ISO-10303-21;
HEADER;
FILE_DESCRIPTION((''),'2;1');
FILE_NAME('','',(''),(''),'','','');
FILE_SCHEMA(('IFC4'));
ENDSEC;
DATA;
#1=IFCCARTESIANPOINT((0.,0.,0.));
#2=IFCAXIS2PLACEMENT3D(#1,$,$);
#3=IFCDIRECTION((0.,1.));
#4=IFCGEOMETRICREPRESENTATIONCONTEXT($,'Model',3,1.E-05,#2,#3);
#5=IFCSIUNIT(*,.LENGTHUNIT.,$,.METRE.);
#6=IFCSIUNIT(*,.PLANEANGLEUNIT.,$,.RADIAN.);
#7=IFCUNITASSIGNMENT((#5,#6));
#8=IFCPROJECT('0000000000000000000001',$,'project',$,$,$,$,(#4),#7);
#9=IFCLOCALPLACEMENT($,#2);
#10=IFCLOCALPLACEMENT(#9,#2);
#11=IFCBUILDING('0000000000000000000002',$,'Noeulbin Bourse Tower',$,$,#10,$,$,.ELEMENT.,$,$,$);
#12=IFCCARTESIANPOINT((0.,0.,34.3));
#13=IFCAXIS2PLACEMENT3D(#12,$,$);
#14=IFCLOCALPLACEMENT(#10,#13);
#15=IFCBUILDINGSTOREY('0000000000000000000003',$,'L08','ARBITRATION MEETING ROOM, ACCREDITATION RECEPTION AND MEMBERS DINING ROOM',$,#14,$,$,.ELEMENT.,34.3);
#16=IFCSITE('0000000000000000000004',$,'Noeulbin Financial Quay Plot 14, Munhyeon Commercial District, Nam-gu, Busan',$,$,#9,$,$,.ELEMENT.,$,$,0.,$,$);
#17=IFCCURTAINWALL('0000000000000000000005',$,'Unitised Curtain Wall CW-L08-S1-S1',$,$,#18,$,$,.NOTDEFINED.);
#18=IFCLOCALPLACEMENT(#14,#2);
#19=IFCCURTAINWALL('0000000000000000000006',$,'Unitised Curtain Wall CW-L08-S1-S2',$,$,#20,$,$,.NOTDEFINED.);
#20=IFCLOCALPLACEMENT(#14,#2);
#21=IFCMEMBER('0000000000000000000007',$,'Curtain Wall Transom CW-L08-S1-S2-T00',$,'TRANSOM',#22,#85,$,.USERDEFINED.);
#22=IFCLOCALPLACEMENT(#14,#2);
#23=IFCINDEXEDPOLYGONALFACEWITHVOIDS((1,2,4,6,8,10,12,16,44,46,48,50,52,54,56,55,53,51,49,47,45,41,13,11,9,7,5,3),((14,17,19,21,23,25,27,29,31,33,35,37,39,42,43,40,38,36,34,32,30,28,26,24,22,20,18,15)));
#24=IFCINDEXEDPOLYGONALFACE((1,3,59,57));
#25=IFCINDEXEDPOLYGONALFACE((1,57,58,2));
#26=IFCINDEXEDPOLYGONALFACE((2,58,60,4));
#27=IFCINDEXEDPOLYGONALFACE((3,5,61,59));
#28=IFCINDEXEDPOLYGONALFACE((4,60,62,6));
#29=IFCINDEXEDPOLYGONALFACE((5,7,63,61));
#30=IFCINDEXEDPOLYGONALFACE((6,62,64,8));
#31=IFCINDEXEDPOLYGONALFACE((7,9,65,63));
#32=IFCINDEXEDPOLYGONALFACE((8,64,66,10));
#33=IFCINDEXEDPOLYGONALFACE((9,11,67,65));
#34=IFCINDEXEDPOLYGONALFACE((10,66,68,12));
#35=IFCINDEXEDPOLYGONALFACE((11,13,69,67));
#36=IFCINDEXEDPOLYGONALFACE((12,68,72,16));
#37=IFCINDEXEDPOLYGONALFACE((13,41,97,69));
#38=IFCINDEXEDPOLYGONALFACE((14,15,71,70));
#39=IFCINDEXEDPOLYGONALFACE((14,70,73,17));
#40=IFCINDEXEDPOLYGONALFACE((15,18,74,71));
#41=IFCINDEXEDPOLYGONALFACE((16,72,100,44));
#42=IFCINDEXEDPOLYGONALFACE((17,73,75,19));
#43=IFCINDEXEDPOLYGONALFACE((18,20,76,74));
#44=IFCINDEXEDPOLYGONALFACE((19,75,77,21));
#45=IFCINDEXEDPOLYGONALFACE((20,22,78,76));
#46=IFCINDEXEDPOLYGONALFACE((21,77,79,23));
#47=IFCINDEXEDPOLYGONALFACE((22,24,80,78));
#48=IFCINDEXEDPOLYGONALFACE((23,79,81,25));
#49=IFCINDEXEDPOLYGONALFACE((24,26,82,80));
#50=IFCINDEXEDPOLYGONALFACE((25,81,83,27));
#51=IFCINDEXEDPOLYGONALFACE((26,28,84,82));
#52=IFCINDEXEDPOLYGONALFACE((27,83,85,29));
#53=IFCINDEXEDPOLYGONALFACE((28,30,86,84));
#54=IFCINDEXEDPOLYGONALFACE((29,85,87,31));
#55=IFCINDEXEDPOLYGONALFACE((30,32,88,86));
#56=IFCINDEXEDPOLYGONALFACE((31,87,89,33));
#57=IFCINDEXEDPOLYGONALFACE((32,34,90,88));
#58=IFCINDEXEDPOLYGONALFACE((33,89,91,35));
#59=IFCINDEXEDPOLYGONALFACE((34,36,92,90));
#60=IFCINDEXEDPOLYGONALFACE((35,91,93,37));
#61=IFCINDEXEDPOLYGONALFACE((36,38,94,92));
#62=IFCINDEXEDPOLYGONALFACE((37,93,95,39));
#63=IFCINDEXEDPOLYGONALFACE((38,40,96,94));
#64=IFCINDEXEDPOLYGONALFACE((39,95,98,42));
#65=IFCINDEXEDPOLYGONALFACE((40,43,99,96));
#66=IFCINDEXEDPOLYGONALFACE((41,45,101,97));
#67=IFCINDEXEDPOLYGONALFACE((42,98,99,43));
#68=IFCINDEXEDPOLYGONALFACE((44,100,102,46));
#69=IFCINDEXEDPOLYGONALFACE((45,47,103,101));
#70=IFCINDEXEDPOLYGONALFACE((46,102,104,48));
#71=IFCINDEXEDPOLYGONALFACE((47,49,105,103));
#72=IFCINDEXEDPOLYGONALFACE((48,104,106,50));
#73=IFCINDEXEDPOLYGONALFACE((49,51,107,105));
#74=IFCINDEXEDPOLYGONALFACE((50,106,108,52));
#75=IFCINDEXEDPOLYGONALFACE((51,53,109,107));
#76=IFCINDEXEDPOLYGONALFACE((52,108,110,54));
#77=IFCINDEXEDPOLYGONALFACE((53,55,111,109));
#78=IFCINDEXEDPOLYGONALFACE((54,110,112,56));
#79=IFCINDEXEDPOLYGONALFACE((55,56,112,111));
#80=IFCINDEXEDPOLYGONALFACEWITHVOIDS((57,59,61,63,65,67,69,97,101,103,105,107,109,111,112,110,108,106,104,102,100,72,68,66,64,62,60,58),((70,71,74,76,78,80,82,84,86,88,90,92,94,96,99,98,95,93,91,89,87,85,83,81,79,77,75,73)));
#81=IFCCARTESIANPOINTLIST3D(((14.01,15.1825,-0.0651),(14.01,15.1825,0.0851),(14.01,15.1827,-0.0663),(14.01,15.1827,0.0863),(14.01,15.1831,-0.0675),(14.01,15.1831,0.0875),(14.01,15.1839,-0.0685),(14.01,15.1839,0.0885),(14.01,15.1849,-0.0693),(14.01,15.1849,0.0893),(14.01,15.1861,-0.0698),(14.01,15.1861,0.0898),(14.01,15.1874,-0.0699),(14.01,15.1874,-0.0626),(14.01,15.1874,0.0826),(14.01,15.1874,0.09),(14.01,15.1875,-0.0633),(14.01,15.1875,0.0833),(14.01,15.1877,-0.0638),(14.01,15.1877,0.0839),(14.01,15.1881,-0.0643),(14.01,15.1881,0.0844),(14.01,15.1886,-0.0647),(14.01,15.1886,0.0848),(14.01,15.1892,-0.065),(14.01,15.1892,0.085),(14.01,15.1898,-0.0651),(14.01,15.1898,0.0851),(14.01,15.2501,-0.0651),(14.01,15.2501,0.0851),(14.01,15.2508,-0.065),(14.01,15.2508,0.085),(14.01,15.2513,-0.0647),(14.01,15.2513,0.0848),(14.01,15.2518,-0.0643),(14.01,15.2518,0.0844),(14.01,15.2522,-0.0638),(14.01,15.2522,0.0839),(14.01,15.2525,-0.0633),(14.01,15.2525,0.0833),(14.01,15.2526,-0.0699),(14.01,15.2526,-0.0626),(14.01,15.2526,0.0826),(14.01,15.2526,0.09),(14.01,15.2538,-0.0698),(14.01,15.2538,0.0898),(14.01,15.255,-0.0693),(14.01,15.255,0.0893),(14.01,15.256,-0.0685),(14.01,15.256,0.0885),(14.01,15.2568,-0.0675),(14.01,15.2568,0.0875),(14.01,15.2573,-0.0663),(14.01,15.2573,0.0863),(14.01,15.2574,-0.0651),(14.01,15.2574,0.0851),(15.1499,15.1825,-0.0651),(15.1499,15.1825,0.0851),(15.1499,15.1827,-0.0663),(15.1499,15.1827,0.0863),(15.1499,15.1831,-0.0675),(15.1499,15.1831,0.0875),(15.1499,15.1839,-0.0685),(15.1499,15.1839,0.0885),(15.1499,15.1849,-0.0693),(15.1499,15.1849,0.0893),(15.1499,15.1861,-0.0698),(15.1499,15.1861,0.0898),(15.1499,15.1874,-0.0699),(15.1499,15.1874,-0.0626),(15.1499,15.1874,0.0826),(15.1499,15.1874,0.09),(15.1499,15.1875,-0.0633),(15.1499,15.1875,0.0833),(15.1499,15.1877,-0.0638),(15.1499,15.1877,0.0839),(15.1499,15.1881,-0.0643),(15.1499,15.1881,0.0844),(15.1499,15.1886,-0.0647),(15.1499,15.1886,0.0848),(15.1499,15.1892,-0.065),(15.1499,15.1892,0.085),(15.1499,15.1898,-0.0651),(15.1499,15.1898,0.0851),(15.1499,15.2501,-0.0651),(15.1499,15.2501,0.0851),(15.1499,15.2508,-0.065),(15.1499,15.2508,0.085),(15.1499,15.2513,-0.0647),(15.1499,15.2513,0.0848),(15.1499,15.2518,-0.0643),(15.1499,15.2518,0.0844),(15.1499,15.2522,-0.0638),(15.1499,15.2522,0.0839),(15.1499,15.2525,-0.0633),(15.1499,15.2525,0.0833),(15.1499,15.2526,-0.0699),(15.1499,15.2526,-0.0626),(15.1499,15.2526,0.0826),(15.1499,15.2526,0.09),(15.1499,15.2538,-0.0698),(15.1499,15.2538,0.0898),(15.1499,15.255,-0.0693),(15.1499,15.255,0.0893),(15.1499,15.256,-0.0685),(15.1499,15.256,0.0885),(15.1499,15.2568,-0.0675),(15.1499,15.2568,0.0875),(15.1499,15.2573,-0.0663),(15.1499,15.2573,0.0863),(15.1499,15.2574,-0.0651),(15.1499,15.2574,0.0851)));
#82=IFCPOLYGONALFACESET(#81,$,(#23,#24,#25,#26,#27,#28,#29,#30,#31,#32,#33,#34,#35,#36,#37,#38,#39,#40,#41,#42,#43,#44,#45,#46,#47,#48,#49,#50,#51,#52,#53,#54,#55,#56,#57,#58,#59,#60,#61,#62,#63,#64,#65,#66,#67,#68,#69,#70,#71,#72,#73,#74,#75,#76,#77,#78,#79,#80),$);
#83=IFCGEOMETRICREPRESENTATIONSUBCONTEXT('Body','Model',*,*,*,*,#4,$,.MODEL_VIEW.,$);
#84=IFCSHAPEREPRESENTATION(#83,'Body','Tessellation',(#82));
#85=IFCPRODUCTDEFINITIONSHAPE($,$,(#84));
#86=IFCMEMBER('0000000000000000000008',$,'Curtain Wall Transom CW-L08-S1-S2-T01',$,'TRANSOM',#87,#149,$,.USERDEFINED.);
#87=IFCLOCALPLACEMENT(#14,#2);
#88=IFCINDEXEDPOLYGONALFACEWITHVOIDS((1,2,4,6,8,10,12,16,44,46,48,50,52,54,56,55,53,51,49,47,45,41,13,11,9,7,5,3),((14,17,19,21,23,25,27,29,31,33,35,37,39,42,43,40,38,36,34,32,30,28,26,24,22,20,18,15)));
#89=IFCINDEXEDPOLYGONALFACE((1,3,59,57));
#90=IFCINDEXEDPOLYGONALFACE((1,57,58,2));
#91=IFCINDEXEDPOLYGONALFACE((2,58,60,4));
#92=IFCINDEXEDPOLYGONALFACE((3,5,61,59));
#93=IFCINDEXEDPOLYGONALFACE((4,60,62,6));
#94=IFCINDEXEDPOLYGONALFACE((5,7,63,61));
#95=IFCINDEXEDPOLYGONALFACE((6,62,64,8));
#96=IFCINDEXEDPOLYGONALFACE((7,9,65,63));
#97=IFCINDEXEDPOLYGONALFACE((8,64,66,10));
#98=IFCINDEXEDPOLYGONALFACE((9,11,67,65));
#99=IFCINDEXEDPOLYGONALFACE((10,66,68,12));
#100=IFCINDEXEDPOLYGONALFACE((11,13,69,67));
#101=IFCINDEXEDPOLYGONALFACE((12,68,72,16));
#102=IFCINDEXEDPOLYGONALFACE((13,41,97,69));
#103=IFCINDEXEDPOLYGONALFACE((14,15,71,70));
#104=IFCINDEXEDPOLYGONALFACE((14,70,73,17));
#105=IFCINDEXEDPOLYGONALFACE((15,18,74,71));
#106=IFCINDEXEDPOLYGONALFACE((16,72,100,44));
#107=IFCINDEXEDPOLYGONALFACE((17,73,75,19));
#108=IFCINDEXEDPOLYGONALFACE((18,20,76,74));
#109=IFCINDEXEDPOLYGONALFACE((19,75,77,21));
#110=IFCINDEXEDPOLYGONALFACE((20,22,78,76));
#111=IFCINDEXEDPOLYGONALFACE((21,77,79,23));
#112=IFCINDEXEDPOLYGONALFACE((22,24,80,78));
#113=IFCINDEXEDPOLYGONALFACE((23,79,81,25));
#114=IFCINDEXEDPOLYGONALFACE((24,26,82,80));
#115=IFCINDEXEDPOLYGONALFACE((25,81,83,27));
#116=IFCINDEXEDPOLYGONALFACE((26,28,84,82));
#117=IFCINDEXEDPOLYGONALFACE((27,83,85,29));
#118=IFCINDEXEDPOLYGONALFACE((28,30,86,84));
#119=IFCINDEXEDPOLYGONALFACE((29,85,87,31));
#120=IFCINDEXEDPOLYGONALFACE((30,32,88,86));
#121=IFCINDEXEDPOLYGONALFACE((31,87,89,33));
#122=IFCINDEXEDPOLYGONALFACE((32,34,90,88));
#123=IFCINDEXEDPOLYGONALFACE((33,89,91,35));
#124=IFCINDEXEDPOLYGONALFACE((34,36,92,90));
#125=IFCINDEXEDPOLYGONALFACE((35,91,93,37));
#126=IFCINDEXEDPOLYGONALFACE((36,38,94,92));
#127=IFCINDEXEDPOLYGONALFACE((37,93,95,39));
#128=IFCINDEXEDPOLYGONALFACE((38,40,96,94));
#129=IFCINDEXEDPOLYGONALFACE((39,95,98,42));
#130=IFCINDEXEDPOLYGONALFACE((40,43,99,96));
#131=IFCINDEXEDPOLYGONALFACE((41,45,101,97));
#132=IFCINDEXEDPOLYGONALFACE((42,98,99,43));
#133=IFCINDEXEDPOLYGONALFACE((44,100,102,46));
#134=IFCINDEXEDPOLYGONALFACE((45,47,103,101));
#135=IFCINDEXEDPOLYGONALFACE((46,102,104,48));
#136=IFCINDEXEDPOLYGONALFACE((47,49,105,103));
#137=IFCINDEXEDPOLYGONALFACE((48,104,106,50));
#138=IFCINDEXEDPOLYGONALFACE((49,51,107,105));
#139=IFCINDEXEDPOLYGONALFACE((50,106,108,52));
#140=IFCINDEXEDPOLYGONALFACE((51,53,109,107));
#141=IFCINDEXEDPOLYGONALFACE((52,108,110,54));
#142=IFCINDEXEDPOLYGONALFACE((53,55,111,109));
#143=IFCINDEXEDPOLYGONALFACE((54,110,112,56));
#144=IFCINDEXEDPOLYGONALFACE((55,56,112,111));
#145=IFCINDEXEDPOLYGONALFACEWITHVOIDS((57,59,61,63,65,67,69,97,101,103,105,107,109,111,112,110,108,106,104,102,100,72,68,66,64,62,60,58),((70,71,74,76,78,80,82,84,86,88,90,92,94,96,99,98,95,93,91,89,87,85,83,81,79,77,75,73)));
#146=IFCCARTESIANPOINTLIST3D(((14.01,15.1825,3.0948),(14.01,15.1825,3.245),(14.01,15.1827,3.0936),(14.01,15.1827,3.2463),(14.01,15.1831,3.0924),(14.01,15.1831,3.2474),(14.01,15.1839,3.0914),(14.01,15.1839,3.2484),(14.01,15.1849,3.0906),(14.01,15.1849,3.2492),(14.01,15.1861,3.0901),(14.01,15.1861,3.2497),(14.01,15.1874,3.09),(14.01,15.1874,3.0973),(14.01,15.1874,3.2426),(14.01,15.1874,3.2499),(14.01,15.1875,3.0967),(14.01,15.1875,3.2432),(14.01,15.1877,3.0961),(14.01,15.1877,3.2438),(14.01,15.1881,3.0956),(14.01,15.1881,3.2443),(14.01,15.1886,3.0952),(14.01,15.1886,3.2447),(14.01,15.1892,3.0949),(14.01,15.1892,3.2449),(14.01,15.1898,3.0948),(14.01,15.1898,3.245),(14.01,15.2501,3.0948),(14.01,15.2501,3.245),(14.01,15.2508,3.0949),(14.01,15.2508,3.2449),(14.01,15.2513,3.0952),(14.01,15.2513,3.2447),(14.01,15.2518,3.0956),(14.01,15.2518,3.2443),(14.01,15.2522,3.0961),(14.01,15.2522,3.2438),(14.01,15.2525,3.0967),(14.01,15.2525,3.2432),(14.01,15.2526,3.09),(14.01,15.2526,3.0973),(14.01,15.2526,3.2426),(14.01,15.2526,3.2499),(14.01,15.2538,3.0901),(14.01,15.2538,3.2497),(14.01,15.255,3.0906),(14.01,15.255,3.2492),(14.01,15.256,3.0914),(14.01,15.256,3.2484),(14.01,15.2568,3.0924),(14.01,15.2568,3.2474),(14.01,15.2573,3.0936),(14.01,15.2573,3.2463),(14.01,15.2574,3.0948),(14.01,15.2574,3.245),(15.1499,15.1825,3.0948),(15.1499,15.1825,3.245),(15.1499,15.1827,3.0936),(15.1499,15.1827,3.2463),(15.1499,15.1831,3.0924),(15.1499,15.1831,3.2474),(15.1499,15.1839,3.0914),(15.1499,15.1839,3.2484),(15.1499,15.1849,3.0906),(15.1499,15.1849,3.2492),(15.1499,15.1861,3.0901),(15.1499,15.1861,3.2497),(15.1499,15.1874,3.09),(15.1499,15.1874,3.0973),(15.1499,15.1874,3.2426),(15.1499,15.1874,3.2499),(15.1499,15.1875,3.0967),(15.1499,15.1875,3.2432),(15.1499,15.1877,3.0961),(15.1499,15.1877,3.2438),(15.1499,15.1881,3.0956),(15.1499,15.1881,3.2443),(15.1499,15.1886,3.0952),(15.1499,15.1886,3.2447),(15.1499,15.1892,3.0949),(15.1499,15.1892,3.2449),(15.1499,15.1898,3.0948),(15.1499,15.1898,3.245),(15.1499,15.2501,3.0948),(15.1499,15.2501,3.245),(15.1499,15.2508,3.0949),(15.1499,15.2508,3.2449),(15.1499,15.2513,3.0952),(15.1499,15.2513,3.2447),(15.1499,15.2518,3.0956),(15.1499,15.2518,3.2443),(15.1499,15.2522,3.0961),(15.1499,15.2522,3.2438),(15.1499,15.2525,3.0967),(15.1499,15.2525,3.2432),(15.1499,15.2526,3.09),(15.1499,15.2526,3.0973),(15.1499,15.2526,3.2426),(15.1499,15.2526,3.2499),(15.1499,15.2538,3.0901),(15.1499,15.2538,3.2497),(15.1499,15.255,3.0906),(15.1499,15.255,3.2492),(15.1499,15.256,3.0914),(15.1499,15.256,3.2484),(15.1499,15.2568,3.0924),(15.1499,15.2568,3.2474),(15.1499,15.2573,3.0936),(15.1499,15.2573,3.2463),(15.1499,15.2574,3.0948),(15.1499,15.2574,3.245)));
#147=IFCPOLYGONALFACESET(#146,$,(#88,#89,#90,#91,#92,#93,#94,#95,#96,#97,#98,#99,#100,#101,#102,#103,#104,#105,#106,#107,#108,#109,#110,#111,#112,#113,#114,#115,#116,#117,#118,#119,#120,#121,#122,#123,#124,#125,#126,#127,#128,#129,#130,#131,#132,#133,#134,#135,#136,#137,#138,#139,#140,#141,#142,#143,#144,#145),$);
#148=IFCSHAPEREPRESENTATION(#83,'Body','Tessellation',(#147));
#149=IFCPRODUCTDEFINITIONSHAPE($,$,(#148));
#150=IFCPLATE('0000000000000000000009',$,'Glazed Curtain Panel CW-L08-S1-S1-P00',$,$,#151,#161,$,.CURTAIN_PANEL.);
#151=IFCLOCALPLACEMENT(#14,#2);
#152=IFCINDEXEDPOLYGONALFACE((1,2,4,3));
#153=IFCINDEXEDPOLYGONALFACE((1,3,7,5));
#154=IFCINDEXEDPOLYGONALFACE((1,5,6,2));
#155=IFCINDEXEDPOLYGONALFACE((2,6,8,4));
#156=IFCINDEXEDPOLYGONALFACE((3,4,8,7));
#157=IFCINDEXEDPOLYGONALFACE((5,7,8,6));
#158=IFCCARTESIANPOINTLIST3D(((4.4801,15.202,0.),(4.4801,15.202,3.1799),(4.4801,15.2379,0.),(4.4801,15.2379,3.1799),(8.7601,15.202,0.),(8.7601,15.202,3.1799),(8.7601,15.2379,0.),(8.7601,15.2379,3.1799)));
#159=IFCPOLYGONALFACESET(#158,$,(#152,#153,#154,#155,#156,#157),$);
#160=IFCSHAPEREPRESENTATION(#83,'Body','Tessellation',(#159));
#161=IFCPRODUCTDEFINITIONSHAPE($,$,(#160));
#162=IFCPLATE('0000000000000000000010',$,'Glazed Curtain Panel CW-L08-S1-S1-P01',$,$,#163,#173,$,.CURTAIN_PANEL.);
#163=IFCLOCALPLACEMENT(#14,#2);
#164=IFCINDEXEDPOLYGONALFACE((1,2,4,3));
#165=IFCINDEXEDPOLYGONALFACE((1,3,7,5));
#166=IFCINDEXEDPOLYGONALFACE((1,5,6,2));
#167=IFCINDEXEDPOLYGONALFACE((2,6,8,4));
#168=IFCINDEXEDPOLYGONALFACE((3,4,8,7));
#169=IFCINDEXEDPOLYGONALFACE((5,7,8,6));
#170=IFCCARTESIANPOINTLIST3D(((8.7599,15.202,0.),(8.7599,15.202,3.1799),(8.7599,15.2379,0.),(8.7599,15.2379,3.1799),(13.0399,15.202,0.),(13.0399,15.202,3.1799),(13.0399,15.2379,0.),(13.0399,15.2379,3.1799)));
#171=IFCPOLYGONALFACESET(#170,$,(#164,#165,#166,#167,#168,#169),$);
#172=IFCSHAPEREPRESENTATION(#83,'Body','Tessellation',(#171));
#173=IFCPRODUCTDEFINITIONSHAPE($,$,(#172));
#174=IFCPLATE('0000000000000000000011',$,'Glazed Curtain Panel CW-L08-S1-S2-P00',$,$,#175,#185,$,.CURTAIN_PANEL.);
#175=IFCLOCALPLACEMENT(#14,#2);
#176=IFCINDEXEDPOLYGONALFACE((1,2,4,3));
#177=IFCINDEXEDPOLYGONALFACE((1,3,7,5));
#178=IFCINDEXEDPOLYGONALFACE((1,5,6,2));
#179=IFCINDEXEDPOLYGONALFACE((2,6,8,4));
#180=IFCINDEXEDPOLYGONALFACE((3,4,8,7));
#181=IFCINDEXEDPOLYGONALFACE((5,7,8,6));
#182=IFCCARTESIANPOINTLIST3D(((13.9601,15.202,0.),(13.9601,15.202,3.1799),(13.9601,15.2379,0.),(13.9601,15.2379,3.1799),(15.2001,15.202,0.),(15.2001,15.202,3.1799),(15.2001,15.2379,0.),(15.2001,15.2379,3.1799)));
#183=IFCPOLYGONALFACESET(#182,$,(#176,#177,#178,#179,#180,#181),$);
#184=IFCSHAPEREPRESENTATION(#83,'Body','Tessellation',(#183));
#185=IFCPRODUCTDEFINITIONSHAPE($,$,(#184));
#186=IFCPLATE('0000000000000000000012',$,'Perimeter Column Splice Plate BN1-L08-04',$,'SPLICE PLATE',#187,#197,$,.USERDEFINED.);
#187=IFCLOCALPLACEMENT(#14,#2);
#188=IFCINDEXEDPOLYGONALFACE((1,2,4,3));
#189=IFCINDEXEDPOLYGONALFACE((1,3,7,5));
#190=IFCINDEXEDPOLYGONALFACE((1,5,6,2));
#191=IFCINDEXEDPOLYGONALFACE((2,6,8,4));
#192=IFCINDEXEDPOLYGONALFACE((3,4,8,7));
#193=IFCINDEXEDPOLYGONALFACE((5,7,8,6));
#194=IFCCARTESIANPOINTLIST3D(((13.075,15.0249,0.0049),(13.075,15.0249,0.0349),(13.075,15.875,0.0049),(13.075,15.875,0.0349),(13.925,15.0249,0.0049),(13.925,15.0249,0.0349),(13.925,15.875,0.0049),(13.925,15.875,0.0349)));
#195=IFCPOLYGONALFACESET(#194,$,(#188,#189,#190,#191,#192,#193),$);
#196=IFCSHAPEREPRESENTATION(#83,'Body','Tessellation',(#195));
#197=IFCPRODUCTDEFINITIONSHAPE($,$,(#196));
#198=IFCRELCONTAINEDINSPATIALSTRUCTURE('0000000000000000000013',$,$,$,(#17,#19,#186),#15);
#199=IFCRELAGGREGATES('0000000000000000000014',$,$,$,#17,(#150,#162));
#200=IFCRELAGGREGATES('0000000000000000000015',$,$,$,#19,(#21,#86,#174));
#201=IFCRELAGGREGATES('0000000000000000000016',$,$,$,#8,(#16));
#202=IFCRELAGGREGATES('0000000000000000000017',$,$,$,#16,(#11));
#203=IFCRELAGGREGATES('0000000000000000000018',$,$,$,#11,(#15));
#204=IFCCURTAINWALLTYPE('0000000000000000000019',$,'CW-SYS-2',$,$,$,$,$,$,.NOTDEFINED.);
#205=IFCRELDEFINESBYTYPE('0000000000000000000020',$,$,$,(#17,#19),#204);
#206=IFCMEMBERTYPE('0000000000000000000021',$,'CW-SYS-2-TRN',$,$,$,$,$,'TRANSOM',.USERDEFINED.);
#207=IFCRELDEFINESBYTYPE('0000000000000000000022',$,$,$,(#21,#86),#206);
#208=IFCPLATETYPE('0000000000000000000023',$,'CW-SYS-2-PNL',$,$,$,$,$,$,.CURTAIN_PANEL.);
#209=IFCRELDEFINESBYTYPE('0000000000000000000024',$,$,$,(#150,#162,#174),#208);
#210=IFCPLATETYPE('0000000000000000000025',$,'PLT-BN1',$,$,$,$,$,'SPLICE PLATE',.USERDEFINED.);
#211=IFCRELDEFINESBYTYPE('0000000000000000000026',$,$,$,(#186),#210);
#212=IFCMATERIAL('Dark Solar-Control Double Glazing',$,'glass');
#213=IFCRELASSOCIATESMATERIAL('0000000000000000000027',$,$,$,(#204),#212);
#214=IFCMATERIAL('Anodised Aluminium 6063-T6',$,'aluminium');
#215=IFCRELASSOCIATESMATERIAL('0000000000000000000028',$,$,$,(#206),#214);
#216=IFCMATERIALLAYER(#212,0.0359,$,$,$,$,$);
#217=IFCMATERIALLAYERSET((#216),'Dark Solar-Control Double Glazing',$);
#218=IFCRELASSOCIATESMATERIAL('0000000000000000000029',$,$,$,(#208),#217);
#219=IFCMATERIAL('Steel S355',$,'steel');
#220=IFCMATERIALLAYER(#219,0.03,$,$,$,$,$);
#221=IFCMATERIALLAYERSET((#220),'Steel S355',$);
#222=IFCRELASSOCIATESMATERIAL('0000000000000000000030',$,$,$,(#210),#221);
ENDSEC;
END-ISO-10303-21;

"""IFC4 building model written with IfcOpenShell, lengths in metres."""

from ifc_helpers import new_model, si_unit, direction, frame, origin, origin_2d, place, context, subcontext, project, spatial, rectangle, hollow_rectangle, extrude, material, layer, layer_set, material_profile, profile_set, type_object, element, aggregate, save


model = new_model("IFC4")

# Units and contexts
model_context = context("Model", 3, precision=1e-05, world=origin(), true_north=direction((0.0, 1.0)))
body_context = subcontext(model_context, "Body", "Model", "MODEL_VIEW")
ifc_project = project(units=[si_unit("LENGTHUNIT", "METRE"), si_unit("PLANEANGLEUNIT", "RADIAN")], contexts=[model_context])

# Site, building, storey
site_placement = place(None, origin())
site = spatial("IfcSite", under=ifc_project, at=site_placement, Name="Noeulbin Financial Quay Plot 14, Munhyeon Commercial District, Nam-gu, Busan", CompositionType="ELEMENT", RefElevation=0.0)
building_placement = place(site_placement, origin())
building = spatial("IfcBuilding", under=site, at=building_placement, Name="Noeulbin Bourse Tower", CompositionType="ELEMENT")
storey_placement = place(building_placement, frame((0.0, 0.0, 34.3)))
storey = spatial("IfcBuildingStorey", under=building, at=storey_placement, Name="L08", Description="ARBITRATION MEETING ROOM, ACCREDITATION RECEPTION AND MEMBERS DINING ROOM", CompositionType="ELEMENT", Elevation=34.3)

# Shared definitions
ifc_material_1 = material(Name="Steel S355", Category="steel")

# Curtain wall
ifc_material_2 = material(Name="Dark Solar-Control Double Glazing", Category="glass")
curtain_wall_type = type_object("IfcCurtainWallType", Name="CW-SYS-2", PredefinedType="NOTDEFINED", material=ifc_material_2)
curtain_wall_1_placement = place(storey_placement, origin())
curtain_wall_1 = element("IfcCurtainWall", 1, at=curtain_wall_1_placement, inside=storey, type_object=curtain_wall_type, Name="Unitised Curtain Wall CW-L08-S1-S1", PredefinedType="NOTDEFINED")
ifc_material_3 = material(Name="Anodised Aluminium 6063-T6", Category="aluminium")

# Curtain wall
curtain_wall_2_placement = place(storey_placement, origin())
curtain_wall_2 = element("IfcCurtainWall", 2, at=curtain_wall_2_placement, inside=storey, type_object=curtain_wall_type, Name="Unitised Curtain Wall CW-L08-S1-S2", PredefinedType="NOTDEFINED")

# Members
ifc_material_profile_1 = material_profile(ifc_material_3, hollow_rectangle(XDim=0.075, YDim=0.1599, WallThickness=0.0049, InnerFilletRadius=0.0024, OuterFilletRadius=0.0049, at=origin_2d()), Name="ALU-TRAN-75x160x5", Category="LoadBearing")
ifc_profile_set_1 = profile_set([ifc_material_profile_1], Name="Anodised Aluminium 6063-T6")
member_type_1 = type_object("IfcMemberType", Name="CW-SYS-2-TRN", ElementType="TRANSOM", PredefinedType="USERDEFINED", material=ifc_profile_set_1)
member_1_placement = place(storey_placement, frame((14.01, 15.22, 0.01), z_axis=(1.0, 0.0, 0.0), x_axis=(0.0, 1.0, 0.0)))
member_1 = element("IfcMember", 3, at=member_1_placement, type_object=member_type_1, Name="Curtain Wall Transom CW-L08-S1-S2-T00", ObjectType="TRANSOM", PredefinedType="USERDEFINED", context=body_context, shape_type="SweptSolid", body=[
    extrude(hollow_rectangle(XDim=0.075, YDim=0.1599, WallThickness=0.0049, InnerFilletRadius=0.0024, OuterFilletRadius=0.0049, at=origin_2d()), origin(), (0.0, 0.0, 1.0), 1.1399),
])
member_2_placement = place(storey_placement, frame((14.01, 15.22, 3.1699), z_axis=(1.0, 0.0, 0.0), x_axis=(0.0, 1.0, 0.0)))
member_2 = element("IfcMember", 4, at=member_2_placement, type_object=member_type_1, Name="Curtain Wall Transom CW-L08-S1-S2-T01", ObjectType="TRANSOM", PredefinedType="USERDEFINED", context=body_context, shape_type="SweptSolid", body=[
    extrude(hollow_rectangle(XDim=0.075, YDim=0.1599, WallThickness=0.0049, InnerFilletRadius=0.0024, OuterFilletRadius=0.0049, at=origin_2d()), origin(), (0.0, 0.0, 1.0), 1.1399),
])

# Plates
ifc_layer_1 = layer(ifc_material_2, 0.0359)
ifc_layer_set_1 = layer_set([ifc_layer_1], Name="Dark Solar-Control Double Glazing")
plate_type_1 = type_object("IfcPlateType", Name="CW-SYS-2-PNL", PredefinedType="CURTAIN_PANEL", material=ifc_layer_set_1)
plate_1_placement = place(storey_placement, frame((6.6201, 15.22, 0.0), z_axis=(0.0, 0.0, 1.0), x_axis=(1.0, 0.0, 0.0)))
plate_1 = element("IfcPlate", 5, at=plate_1_placement, type_object=plate_type_1, Name="Glazed Curtain Panel CW-L08-S1-S1-P00", PredefinedType="CURTAIN_PANEL", context=body_context, shape_type="SweptSolid", body=[
    extrude(rectangle(XDim=4.28, YDim=0.0359, at=origin_2d()), origin(), (0.0, 0.0, 1.0), 3.1799),
])
plate_2_placement = place(storey_placement, frame((10.8999, 15.22, 0.0), z_axis=(0.0, 0.0, 1.0), x_axis=(1.0, 0.0, 0.0)))
plate_2 = element("IfcPlate", 6, at=plate_2_placement, type_object=plate_type_1, Name="Glazed Curtain Panel CW-L08-S1-S1-P01", PredefinedType="CURTAIN_PANEL", context=body_context, shape_type="SweptSolid", body=[
    extrude(rectangle(XDim=4.28, YDim=0.0359, at=origin_2d()), origin(), (0.0, 0.0, 1.0), 3.1799),
])
aggregate(curtain_wall_1, [plate_1, plate_2])
plate_3_placement = place(storey_placement, frame((14.5801, 15.22, 0.0), z_axis=(0.0, 0.0, 1.0), x_axis=(1.0, 0.0, 0.0)))
plate_3 = element("IfcPlate", 7, at=plate_3_placement, type_object=plate_type_1, Name="Glazed Curtain Panel CW-L08-S1-S2-P00", PredefinedType="CURTAIN_PANEL", context=body_context, shape_type="SweptSolid", body=[
    extrude(rectangle(XDim=1.24, YDim=0.0359, at=origin_2d()), origin(), (0.0, 0.0, 1.0), 3.1799),
])
aggregate(curtain_wall_2, [member_1, member_2, plate_3])
ifc_layer_2 = layer(ifc_material_1, 0.03)
ifc_layer_set_2 = layer_set([ifc_layer_2], Name="Steel S355")
plate_type_2 = type_object("IfcPlateType", Name="PLT-BN1", ElementType="SPLICE PLATE", PredefinedType="USERDEFINED", material=ifc_layer_set_2)
plate_4_placement = place(storey_placement, frame((13.5, 15.45, 0.0049), z_axis=(0.0, 0.0, 1.0), x_axis=(1.0, 0.0, 0.0)))
element("IfcPlate", 8, at=plate_4_placement, inside=storey, type_object=plate_type_2, Name="Perimeter Column Splice Plate BN1-L08-04", ObjectType="SPLICE PLATE", PredefinedType="USERDEFINED", context=body_context, shape_type="SweptSolid", body=[
    extrude(rectangle(XDim=0.8501, YDim=0.8501, at=origin_2d()), origin(), (0.0, 0.0, 1.0), 0.03),
])

save(model, "model.ifc")
